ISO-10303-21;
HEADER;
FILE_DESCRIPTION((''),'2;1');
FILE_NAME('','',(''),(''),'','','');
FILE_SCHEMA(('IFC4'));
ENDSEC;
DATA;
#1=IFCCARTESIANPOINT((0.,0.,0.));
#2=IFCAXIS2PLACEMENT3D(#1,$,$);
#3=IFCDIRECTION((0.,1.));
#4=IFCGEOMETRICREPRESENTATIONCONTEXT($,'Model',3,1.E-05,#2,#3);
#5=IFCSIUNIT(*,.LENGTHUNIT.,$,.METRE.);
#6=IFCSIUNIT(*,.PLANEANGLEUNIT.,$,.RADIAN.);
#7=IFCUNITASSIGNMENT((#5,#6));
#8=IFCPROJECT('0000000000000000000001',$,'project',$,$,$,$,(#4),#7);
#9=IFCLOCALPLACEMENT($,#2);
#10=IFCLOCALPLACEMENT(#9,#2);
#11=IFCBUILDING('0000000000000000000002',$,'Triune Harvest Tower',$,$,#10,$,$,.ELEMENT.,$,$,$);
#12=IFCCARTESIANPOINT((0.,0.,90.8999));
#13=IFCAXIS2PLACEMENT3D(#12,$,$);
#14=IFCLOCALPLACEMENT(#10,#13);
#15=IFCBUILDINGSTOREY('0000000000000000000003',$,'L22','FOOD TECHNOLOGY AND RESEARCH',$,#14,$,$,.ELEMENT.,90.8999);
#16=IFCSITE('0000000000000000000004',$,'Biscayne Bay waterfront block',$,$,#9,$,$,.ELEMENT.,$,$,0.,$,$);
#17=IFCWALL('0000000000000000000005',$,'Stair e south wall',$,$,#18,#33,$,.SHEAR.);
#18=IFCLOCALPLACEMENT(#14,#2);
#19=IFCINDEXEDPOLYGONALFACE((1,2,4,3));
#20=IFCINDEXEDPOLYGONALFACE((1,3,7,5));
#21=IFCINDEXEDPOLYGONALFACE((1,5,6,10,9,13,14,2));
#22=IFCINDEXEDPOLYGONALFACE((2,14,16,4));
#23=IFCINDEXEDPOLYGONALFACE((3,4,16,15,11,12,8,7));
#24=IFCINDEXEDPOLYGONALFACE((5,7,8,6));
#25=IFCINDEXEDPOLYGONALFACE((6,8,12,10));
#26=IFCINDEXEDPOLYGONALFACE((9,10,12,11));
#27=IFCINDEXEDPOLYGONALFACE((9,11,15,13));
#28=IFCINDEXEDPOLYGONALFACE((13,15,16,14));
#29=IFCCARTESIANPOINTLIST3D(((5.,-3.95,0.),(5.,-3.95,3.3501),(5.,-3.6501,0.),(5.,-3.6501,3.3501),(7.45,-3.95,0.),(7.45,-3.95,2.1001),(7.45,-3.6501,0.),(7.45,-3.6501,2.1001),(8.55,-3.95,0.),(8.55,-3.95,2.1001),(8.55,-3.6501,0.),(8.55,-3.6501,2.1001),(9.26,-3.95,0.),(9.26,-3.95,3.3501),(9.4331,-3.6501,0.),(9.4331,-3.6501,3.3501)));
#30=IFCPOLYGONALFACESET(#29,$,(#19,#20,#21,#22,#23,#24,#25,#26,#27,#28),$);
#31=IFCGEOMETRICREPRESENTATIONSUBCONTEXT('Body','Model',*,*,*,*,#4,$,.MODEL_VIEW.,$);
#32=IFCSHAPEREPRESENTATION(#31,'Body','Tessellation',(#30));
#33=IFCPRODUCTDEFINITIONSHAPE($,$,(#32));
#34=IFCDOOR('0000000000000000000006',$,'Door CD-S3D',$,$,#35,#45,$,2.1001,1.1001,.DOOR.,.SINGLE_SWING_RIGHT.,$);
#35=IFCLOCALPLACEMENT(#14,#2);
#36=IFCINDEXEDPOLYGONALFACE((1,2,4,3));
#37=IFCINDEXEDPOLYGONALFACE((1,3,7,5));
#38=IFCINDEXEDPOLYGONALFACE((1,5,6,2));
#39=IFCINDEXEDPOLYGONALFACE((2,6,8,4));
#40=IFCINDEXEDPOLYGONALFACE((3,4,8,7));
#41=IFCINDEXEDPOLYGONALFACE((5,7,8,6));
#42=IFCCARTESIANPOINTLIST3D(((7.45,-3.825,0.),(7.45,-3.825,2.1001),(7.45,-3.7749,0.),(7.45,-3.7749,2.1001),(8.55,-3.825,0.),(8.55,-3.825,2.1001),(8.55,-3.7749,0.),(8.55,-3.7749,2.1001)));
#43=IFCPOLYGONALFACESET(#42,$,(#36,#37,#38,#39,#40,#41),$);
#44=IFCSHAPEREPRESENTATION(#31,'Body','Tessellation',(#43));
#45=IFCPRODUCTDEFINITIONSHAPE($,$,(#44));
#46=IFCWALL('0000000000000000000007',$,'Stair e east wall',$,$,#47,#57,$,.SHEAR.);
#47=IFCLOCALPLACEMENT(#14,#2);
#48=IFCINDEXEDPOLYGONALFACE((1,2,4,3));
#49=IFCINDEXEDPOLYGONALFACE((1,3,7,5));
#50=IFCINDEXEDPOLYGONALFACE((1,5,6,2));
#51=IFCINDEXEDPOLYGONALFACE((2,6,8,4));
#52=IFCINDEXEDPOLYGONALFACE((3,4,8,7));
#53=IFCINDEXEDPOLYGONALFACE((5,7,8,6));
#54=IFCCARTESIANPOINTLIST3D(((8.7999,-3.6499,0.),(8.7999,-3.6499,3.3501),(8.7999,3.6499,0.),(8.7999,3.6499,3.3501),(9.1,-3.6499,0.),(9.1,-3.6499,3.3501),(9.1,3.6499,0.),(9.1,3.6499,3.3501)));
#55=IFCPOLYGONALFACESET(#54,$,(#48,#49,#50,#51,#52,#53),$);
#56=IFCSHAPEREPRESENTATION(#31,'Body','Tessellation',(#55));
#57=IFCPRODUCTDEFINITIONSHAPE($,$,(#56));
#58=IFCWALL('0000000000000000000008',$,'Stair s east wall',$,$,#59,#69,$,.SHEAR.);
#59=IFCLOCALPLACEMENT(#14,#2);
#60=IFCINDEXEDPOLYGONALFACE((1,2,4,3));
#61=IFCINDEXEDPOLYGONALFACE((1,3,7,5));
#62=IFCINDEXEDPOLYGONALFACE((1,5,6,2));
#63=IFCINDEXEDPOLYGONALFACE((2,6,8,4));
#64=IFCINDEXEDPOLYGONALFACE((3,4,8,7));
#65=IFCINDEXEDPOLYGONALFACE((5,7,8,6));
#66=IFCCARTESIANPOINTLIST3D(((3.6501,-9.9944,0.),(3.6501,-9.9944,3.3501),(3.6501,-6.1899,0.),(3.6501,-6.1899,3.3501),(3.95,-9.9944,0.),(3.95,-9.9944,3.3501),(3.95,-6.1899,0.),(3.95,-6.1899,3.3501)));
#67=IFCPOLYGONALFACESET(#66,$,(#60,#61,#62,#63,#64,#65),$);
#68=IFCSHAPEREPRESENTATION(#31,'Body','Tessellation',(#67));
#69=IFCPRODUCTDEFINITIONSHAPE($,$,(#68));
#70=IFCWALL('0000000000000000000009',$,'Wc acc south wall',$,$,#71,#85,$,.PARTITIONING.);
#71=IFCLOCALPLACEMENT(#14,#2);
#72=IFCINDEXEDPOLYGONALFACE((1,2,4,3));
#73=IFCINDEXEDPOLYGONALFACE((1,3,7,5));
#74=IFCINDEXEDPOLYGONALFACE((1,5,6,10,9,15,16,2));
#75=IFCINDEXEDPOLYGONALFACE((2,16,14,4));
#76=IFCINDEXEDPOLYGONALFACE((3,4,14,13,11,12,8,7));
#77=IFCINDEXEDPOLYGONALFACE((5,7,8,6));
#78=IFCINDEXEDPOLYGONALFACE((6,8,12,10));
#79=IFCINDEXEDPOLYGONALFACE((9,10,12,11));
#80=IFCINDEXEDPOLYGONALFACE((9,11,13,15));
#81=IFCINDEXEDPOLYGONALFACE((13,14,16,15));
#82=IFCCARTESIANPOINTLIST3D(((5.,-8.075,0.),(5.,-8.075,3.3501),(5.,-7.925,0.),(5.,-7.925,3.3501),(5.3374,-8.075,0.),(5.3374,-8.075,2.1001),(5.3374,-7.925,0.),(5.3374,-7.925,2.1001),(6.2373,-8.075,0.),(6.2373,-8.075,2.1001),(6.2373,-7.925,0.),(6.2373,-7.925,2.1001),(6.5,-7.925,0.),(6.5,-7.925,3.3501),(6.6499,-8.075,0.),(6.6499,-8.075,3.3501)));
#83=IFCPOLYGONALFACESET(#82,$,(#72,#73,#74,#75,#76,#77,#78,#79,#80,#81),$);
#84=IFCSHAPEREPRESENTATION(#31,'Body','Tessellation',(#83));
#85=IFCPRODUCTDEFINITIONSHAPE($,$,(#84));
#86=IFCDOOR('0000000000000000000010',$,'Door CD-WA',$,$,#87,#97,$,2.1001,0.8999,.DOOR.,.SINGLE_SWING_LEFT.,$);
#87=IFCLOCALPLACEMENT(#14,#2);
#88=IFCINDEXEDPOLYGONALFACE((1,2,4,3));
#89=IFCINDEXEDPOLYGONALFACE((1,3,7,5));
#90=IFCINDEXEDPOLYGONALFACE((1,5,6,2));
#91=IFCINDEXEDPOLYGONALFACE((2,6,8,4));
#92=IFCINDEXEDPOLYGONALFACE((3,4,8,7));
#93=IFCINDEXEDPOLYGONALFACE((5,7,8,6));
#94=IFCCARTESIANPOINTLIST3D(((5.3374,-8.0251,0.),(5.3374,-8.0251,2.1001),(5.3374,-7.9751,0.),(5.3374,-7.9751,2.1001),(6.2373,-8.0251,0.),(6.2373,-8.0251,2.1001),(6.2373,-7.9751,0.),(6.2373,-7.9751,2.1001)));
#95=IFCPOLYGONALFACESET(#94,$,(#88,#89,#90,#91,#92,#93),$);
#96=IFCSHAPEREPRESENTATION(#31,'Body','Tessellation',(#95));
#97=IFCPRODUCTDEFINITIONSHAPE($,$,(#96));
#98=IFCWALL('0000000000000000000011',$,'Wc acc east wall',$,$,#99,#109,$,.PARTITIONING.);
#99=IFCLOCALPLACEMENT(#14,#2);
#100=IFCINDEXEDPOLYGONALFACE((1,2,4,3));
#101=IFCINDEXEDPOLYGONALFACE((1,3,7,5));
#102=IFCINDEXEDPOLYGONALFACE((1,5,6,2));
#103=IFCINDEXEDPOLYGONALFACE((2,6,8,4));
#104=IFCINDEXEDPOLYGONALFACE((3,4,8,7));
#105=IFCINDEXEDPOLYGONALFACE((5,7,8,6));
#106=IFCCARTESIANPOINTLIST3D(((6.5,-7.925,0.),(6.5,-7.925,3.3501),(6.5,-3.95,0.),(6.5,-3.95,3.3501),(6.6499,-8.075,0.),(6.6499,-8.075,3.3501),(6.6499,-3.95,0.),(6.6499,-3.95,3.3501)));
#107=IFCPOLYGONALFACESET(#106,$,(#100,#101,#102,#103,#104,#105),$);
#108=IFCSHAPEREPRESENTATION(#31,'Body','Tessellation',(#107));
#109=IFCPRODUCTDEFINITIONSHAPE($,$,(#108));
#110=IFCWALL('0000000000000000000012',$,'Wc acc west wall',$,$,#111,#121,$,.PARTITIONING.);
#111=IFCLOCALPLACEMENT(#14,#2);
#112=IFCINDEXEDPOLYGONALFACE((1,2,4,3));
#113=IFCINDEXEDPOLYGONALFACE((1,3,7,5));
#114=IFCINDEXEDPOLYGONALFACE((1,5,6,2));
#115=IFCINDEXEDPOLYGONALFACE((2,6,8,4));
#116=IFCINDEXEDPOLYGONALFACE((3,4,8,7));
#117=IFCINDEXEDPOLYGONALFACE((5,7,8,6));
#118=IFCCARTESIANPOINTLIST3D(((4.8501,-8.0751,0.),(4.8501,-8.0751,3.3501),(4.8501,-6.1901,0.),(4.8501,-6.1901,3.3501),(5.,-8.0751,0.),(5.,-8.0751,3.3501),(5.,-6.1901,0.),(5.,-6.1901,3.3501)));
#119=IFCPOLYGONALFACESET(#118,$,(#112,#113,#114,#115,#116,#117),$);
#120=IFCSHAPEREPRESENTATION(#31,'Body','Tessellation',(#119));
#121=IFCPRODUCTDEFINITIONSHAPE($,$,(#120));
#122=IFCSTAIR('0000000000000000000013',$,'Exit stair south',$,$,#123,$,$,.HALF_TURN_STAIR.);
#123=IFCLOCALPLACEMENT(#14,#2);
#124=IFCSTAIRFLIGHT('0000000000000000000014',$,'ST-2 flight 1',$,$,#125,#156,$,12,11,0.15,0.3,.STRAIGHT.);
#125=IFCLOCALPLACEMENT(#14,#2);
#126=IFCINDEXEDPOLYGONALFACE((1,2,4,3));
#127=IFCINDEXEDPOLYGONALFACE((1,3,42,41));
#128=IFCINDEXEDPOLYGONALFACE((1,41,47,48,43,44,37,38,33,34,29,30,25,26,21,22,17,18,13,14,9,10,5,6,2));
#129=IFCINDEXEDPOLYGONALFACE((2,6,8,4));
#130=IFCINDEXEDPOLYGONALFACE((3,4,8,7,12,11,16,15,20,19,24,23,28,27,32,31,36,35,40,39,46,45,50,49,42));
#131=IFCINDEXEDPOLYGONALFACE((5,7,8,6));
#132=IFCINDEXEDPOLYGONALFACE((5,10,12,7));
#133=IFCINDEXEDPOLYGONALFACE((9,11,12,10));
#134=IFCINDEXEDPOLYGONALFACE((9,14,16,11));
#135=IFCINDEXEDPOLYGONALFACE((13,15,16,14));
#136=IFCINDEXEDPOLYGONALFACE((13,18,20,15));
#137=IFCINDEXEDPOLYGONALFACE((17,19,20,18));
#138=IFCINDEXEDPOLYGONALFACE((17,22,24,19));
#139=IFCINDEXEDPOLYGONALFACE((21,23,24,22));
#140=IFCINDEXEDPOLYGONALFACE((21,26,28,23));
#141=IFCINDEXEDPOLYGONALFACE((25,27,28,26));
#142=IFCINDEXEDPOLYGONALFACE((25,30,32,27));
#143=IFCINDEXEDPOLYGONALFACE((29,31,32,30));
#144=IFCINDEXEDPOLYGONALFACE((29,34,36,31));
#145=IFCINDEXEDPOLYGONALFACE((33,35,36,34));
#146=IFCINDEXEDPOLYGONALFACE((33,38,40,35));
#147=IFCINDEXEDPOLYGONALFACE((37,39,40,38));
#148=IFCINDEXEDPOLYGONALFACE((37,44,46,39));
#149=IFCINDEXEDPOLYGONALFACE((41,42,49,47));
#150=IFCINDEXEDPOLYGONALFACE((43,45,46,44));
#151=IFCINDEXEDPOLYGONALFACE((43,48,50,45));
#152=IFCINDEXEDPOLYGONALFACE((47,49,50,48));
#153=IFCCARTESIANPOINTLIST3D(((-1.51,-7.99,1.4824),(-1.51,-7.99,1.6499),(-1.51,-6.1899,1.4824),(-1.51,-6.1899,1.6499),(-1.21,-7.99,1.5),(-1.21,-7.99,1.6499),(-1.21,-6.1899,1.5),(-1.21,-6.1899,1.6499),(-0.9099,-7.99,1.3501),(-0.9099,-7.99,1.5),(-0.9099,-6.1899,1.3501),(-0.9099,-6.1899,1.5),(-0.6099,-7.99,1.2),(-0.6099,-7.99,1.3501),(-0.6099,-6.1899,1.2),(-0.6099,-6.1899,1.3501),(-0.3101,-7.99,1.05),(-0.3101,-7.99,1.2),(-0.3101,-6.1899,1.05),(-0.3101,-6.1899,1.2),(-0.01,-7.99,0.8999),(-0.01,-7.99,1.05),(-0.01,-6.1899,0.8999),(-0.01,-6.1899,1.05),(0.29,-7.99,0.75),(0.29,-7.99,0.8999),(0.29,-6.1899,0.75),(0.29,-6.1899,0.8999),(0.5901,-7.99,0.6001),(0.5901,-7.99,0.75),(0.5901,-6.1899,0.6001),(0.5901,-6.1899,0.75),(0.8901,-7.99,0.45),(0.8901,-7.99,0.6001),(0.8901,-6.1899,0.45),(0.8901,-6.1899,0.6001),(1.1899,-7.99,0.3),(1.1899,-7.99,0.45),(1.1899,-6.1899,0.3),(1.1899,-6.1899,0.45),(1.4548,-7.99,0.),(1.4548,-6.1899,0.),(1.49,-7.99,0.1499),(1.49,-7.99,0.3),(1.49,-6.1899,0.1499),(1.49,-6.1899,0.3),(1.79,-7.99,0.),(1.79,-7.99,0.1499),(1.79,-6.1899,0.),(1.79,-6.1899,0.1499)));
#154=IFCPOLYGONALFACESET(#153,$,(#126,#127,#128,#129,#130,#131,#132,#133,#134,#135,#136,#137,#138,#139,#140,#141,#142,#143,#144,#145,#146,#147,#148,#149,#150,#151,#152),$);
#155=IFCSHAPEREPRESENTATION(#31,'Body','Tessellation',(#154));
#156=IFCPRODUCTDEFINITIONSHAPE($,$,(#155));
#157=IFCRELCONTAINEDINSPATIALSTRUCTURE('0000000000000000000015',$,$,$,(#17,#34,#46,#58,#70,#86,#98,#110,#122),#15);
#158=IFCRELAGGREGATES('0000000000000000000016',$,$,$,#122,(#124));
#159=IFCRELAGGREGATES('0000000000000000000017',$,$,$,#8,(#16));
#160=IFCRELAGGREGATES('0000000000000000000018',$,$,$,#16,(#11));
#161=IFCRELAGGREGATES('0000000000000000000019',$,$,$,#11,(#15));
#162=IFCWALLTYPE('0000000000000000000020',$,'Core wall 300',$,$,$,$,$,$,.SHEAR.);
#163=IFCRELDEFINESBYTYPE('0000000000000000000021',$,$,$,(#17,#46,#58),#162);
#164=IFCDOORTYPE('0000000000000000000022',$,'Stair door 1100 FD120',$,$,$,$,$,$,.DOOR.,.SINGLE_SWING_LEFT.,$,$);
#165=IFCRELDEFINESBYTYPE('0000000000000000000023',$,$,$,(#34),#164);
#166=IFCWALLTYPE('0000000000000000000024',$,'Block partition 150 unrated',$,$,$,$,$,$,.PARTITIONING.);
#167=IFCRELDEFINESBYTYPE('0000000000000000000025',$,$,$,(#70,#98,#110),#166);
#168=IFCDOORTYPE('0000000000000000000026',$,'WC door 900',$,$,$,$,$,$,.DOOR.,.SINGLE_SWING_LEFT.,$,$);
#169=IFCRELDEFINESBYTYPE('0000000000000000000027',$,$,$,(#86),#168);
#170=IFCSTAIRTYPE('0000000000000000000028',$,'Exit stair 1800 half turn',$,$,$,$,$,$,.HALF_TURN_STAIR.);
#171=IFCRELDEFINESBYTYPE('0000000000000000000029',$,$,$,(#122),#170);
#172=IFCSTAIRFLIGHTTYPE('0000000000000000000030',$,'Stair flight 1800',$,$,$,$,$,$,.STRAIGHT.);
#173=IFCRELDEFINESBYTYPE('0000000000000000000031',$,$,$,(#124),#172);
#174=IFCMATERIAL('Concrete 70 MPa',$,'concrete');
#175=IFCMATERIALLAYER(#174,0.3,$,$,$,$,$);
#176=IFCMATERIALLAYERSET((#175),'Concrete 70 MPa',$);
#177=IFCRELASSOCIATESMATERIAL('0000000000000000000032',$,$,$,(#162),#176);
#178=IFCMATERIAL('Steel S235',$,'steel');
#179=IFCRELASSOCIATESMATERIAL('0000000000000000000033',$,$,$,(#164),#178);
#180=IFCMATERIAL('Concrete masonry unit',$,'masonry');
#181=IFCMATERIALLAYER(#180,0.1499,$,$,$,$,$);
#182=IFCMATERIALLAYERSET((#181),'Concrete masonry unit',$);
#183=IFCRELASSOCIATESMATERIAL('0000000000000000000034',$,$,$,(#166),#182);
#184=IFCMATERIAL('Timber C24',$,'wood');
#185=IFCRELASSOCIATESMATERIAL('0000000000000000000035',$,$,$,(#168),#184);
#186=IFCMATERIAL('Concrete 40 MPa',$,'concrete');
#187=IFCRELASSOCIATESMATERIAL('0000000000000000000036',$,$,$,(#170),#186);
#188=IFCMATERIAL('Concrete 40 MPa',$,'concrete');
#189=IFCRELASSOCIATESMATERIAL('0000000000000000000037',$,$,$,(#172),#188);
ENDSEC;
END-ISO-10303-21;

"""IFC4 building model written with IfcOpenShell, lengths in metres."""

from ifc_helpers import new_model, si_unit, direction, frame, frame_2d, origin, place, context, subcontext, project, spatial, polyline, rectangle, outline, extrude, source, transform, mapped, material, layer, layer_set, type_object, element, fill, aggregate, save


model = new_model("IFC4")

# Units and contexts
model_context = context("Model", 3, precision=1e-05, world=origin(), true_north=direction((0.0, 1.0)))
body_context = subcontext(model_context, "Body", "Model", "MODEL_VIEW")
ifc_project = project(units=[si_unit("LENGTHUNIT", "METRE"), si_unit("PLANEANGLEUNIT", "RADIAN")], contexts=[model_context])

# Site, building, storey
site_placement = place(None, origin())
site = spatial("IfcSite", under=ifc_project, at=site_placement, Name="Biscayne Bay waterfront block", CompositionType="ELEMENT", RefElevation=0.0)
building_placement = place(site_placement, origin())
building = spatial("IfcBuilding", under=site, at=building_placement, Name="Triune Harvest Tower", CompositionType="ELEMENT")
storey_placement = place(building_placement, frame((0.0, 0.0, 90.8999)))
storey = spatial("IfcBuildingStorey", under=building, at=storey_placement, Name="L22", Description="FOOD TECHNOLOGY AND RESEARCH", CompositionType="ELEMENT", Elevation=90.8999)

# Shared definitions
ifc_material_1 = material(Name="Concrete 70 MPa", Category="concrete")
ifc_layer_1 = layer(ifc_material_1, 0.3)
ifc_layer_set_1 = layer_set([ifc_layer_1], Name="Concrete 70 MPa")
wall_type_1 = type_object("IfcWallType", Name="Core wall 300", PredefinedType="SHEAR", material=ifc_layer_set_1)

# Wall, opening, door
ifc_material_2 = material(Name="Steel S235", Category="steel")
door_type_1 = type_object("IfcDoorType", Name="Stair door 1100 FD120", OperationType="SINGLE_SWING_LEFT", PredefinedType="DOOR", material=ifc_material_2)
shared_shape_1 = source(origin(), body_context, "Body", "SweptSolid", [
    extrude(outline(polyline([(0.0, -0.1499), (0.0, 0.1499), (4.4331, 0.1499), (4.26, -0.1499), (0.0, -0.1499)])), origin(), (0.0, 0.0, 1.0), 3.3501),
])
wall_1_placement = place(storey_placement, frame((5.0, -3.8, 0.0), z_axis=(0.0, 0.0, 1.0), x_axis=(1.0, 0.0, 0.0)))
wall_1 = element("IfcWall", 1, at=wall_1_placement, inside=storey, type_object=wall_type_1, Name="Stair e south wall", PredefinedType="SHEAR", context=body_context, shape_type="MappedRepresentation", body=[
    mapped(shared_shape_1, transform((0.0, 0.0, 0.0), scale=1.0)),
])
opening_1_placement = place(wall_1_placement, frame((2.45, 0.0, 0.0)))
opening_1 = element("IfcOpeningElement", 2, at=opening_1_placement, cuts=wall_1, PredefinedType="OPENING", context=body_context, shape_type="SweptSolid", body=[
    extrude(rectangle(XDim=1.1001, YDim=2.1001, at=frame_2d((0.55, 1.05))), frame((0.0, 0.1602, 0.0), z_axis=(0.0, -1.0, 0.0), x_axis=(1.0, 0.0, 0.0)), (0.0, 0.0, 1.0), 0.3201),
])
door_1_placement = place(opening_1_placement, frame((1.1001, 0.0, 0.0), z_axis=(0.0, 0.0, 1.0), x_axis=(-1.0, 0.0, 0.0)))
door_1 = element("IfcDoor", 3, at=door_1_placement, inside=storey, type_object=door_type_1, Name="Door CD-S3D", OperationType="SINGLE_SWING_RIGHT", OverallHeight=2.1001, OverallWidth=1.1001, PredefinedType="DOOR", context=body_context, shape_type="SweptSolid", body=[
    extrude(rectangle(XDim=1.1001, YDim=2.1001, at=frame_2d((0.55, 1.05))), frame((0.0, 0.0249, 0.0), z_axis=(0.0, -1.0, 0.0), x_axis=(1.0, 0.0, 0.0)), (0.0, 0.0, 1.0), 0.05),
])
fill(opening_1, door_1)

# Walls
shared_shape_2 = source(origin(), body_context, "Body", "SweptSolid", [
    extrude(rectangle(XDim=7.2998, YDim=0.3, at=frame_2d((3.6499, 0.0))), origin(), (0.0, 0.0, 1.0), 3.3501),
])
wall_2_placement = place(storey_placement, frame((8.95, -3.6499, 0.0), z_axis=(0.0, 0.0, 1.0), x_axis=(0.0, 1.0, 0.0)))
element("IfcWall", 4, at=wall_2_placement, inside=storey, type_object=wall_type_1, Name="Stair e east wall", PredefinedType="SHEAR", context=body_context, shape_type="MappedRepresentation", body=[
    mapped(shared_shape_2, transform((0.0, 0.0, 0.0), scale=1.0)),
])
shared_shape_3 = source(origin(), body_context, "Body", "SweptSolid", [
    extrude(outline(polyline([(3.8, -0.1499), (-0.0044, -0.1499), (-0.0044, 0.1499), (3.8, 0.1499), (3.8, -0.1499)])), origin(), (0.0, 0.0, 1.0), 3.3501),
])
wall_3_placement = place(storey_placement, frame((3.8, -9.99, 0.0), z_axis=(0.0, 0.0, 1.0), x_axis=(0.0, 1.0, 0.0)))
element("IfcWall", 5, at=wall_3_placement, inside=storey, type_object=wall_type_1, Name="Stair s east wall", PredefinedType="SHEAR", context=body_context, shape_type="MappedRepresentation", body=[
    mapped(shared_shape_3, transform((0.0, 0.0, 0.0), scale=1.0)),
])

# Wall, opening, door
ifc_material_3 = material(Name="Concrete masonry unit", Category="masonry")
ifc_layer_2 = layer(ifc_material_3, 0.1499)
ifc_layer_set_2 = layer_set([ifc_layer_2], Name="Concrete masonry unit")
wall_type_2 = type_object("IfcWallType", Name="Block partition 150 unrated", PredefinedType="PARTITIONING", material=ifc_layer_set_2)
shared_shape_4 = source(origin(), body_context, "Body", "SweptSolid", [
    extrude(outline(polyline([(0.0, -0.075), (1.6499, -0.075), (1.5, 0.075), (0.0, 0.075), (0.0, -0.075)])), origin(), (0.0, 0.0, 1.0), 3.3501),
])
wall_4_placement = place(storey_placement, frame((5.0, -8.0, 0.0), z_axis=(0.0, 0.0, 1.0), x_axis=(1.0, 0.0, 0.0)))
wall_4 = element("IfcWall", 6, at=wall_4_placement, inside=storey, type_object=wall_type_2, Name="Wc acc south wall", PredefinedType="PARTITIONING", context=body_context, shape_type="MappedRepresentation", body=[
    mapped(shared_shape_4, transform((0.0, 0.0, 0.0), scale=1.0)),
])
opening_2_placement = place(wall_4_placement, frame((0.3374, 0.0, 0.0)))
opening_2 = element("IfcOpeningElement", 7, at=opening_2_placement, cuts=wall_4, PredefinedType="OPENING", context=body_context, shape_type="SweptSolid", body=[
    extrude(rectangle(XDim=0.8999, YDim=2.1001, at=frame_2d((0.45, 1.05))), frame((0.0, 0.085, 0.0), z_axis=(0.0, -1.0, 0.0), x_axis=(1.0, 0.0, 0.0)), (0.0, 0.0, 1.0), 0.1699),
])
ifc_material_4 = material(Name="Timber C24", Category="wood")
door_type_2 = type_object("IfcDoorType", Name="WC door 900", OperationType="SINGLE_SWING_LEFT", PredefinedType="DOOR", material=ifc_material_4)
door_2_placement = place(opening_2_placement, origin())
door_2 = element("IfcDoor", 8, at=door_2_placement, inside=storey, type_object=door_type_2, Name="Door CD-WA", OperationType="SINGLE_SWING_LEFT", OverallHeight=2.1001, OverallWidth=0.8999, PredefinedType="DOOR", context=body_context, shape_type="SweptSolid", body=[
    extrude(rectangle(XDim=0.8999, YDim=2.1001, at=frame_2d((0.45, 1.05))), frame((0.0, 0.0249, 0.0), z_axis=(0.0, -1.0, 0.0), x_axis=(1.0, 0.0, 0.0)), (0.0, 0.0, 1.0), 0.05),
])
fill(opening_2, door_2)

# Walls
shared_shape_5 = source(origin(), body_context, "Body", "SweptSolid", [
    extrude(outline(polyline([(-0.075, -0.075), (4.05, -0.075), (4.05, 0.075), (0.075, 0.075), (-0.075, -0.075)])), origin(), (0.0, 0.0, 1.0), 3.3501),
])
wall_5_placement = place(storey_placement, frame((6.575, -8.0, 0.0), z_axis=(0.0, 0.0, 1.0), x_axis=(0.0, 1.0, 0.0)))
element("IfcWall", 9, at=wall_5_placement, inside=storey, type_object=wall_type_2, Name="Wc acc east wall", PredefinedType="PARTITIONING", context=body_context, shape_type="MappedRepresentation", body=[
    mapped(shared_shape_5, transform((0.0, 0.0, 0.0), scale=1.0)),
])
shared_shape_6 = source(origin(), body_context, "Body", "SweptSolid", [
    extrude(rectangle(XDim=1.885, YDim=0.1499, at=frame_2d((0.9424, 0.0))), origin(), (0.0, 0.0, 1.0), 3.3501),
])
wall_6_placement = place(storey_placement, frame((4.925, -8.075, 0.0), z_axis=(0.0, 0.0, 1.0), x_axis=(0.0, 1.0, 0.0)))
element("IfcWall", 10, at=wall_6_placement, inside=storey, type_object=wall_type_2, Name="Wc acc west wall", PredefinedType="PARTITIONING", context=body_context, shape_type="MappedRepresentation", body=[
    mapped(shared_shape_6, transform((0.0, 0.0, 0.0), scale=1.0)),
])

# Stair, stair flight
ifc_material_5 = material(Name="Concrete 40 MPa", Category="concrete")
stair_type = type_object("IfcStairType", Name="Exit stair 1800 half turn", PredefinedType="HALF_TURN_STAIR", material=ifc_material_5)
stair_1_placement = place(storey_placement, origin())
stair_1 = element("IfcStair", 11, at=stair_1_placement, inside=storey, type_object=stair_type, Name="Exit stair south", PredefinedType="HALF_TURN_STAIR")
ifc_material_6 = material(Name="Concrete 40 MPa", Category="concrete")
stair_flight_type = type_object("IfcStairFlightType", Name="Stair flight 1800", PredefinedType="STRAIGHT", material=ifc_material_6)
shared_shape_7 = source(origin(), body_context, "Body", "SweptSolid", [
    extrude(outline(polyline([(0.0, 0.0), (0.0, 0.1499), (0.3, 0.1499), (0.3, 0.3), (0.6001, 0.3), (0.6001, 0.45), (0.8999, 0.45), (0.8999, 0.6001), (1.2, 0.6001), (1.2, 0.75), (1.5, 0.75), (1.5, 0.8999), (1.8, 0.8999), (1.8, 1.05), (2.1001, 1.05), (2.1001, 1.2), (2.3999, 1.2), (2.3999, 1.3501), (2.7, 1.3501), (2.7, 1.5), (3.0, 1.5), (3.0, 1.6499), (3.3, 1.6499), (3.3, 1.8), (3.3, 1.4824), (0.3352, 0.0), (0.0, 0.0)])), frame((0.0, 0.8999, 0.0), z_axis=(0.0, -1.0, 0.0), x_axis=(1.0, 0.0, 0.0)), (0.0, 0.0, 1.0), 1.8),
])
stair_flight_1_placement = place(storey_placement, frame((1.79, -7.0901, 0.0), z_axis=(0.0, 0.0, 1.0), x_axis=(-1.0, 0.0, 0.0)))
stair_flight_1 = element("IfcStairFlight", 12, at=stair_flight_1_placement, type_object=stair_flight_type, Name="ST-2 flight 1", NumberOfRisers=12, NumberOfTreads=11, PredefinedType="STRAIGHT", RiserHeight=0.15, TreadLength=0.3, context=body_context, shape_type="MappedRepresentation", body=[
    mapped(shared_shape_7, transform((0.0, 0.0, 0.0), scale=1.0)),
])
aggregate(stair_1, [stair_flight_1])

save(model, "model.ifc")
